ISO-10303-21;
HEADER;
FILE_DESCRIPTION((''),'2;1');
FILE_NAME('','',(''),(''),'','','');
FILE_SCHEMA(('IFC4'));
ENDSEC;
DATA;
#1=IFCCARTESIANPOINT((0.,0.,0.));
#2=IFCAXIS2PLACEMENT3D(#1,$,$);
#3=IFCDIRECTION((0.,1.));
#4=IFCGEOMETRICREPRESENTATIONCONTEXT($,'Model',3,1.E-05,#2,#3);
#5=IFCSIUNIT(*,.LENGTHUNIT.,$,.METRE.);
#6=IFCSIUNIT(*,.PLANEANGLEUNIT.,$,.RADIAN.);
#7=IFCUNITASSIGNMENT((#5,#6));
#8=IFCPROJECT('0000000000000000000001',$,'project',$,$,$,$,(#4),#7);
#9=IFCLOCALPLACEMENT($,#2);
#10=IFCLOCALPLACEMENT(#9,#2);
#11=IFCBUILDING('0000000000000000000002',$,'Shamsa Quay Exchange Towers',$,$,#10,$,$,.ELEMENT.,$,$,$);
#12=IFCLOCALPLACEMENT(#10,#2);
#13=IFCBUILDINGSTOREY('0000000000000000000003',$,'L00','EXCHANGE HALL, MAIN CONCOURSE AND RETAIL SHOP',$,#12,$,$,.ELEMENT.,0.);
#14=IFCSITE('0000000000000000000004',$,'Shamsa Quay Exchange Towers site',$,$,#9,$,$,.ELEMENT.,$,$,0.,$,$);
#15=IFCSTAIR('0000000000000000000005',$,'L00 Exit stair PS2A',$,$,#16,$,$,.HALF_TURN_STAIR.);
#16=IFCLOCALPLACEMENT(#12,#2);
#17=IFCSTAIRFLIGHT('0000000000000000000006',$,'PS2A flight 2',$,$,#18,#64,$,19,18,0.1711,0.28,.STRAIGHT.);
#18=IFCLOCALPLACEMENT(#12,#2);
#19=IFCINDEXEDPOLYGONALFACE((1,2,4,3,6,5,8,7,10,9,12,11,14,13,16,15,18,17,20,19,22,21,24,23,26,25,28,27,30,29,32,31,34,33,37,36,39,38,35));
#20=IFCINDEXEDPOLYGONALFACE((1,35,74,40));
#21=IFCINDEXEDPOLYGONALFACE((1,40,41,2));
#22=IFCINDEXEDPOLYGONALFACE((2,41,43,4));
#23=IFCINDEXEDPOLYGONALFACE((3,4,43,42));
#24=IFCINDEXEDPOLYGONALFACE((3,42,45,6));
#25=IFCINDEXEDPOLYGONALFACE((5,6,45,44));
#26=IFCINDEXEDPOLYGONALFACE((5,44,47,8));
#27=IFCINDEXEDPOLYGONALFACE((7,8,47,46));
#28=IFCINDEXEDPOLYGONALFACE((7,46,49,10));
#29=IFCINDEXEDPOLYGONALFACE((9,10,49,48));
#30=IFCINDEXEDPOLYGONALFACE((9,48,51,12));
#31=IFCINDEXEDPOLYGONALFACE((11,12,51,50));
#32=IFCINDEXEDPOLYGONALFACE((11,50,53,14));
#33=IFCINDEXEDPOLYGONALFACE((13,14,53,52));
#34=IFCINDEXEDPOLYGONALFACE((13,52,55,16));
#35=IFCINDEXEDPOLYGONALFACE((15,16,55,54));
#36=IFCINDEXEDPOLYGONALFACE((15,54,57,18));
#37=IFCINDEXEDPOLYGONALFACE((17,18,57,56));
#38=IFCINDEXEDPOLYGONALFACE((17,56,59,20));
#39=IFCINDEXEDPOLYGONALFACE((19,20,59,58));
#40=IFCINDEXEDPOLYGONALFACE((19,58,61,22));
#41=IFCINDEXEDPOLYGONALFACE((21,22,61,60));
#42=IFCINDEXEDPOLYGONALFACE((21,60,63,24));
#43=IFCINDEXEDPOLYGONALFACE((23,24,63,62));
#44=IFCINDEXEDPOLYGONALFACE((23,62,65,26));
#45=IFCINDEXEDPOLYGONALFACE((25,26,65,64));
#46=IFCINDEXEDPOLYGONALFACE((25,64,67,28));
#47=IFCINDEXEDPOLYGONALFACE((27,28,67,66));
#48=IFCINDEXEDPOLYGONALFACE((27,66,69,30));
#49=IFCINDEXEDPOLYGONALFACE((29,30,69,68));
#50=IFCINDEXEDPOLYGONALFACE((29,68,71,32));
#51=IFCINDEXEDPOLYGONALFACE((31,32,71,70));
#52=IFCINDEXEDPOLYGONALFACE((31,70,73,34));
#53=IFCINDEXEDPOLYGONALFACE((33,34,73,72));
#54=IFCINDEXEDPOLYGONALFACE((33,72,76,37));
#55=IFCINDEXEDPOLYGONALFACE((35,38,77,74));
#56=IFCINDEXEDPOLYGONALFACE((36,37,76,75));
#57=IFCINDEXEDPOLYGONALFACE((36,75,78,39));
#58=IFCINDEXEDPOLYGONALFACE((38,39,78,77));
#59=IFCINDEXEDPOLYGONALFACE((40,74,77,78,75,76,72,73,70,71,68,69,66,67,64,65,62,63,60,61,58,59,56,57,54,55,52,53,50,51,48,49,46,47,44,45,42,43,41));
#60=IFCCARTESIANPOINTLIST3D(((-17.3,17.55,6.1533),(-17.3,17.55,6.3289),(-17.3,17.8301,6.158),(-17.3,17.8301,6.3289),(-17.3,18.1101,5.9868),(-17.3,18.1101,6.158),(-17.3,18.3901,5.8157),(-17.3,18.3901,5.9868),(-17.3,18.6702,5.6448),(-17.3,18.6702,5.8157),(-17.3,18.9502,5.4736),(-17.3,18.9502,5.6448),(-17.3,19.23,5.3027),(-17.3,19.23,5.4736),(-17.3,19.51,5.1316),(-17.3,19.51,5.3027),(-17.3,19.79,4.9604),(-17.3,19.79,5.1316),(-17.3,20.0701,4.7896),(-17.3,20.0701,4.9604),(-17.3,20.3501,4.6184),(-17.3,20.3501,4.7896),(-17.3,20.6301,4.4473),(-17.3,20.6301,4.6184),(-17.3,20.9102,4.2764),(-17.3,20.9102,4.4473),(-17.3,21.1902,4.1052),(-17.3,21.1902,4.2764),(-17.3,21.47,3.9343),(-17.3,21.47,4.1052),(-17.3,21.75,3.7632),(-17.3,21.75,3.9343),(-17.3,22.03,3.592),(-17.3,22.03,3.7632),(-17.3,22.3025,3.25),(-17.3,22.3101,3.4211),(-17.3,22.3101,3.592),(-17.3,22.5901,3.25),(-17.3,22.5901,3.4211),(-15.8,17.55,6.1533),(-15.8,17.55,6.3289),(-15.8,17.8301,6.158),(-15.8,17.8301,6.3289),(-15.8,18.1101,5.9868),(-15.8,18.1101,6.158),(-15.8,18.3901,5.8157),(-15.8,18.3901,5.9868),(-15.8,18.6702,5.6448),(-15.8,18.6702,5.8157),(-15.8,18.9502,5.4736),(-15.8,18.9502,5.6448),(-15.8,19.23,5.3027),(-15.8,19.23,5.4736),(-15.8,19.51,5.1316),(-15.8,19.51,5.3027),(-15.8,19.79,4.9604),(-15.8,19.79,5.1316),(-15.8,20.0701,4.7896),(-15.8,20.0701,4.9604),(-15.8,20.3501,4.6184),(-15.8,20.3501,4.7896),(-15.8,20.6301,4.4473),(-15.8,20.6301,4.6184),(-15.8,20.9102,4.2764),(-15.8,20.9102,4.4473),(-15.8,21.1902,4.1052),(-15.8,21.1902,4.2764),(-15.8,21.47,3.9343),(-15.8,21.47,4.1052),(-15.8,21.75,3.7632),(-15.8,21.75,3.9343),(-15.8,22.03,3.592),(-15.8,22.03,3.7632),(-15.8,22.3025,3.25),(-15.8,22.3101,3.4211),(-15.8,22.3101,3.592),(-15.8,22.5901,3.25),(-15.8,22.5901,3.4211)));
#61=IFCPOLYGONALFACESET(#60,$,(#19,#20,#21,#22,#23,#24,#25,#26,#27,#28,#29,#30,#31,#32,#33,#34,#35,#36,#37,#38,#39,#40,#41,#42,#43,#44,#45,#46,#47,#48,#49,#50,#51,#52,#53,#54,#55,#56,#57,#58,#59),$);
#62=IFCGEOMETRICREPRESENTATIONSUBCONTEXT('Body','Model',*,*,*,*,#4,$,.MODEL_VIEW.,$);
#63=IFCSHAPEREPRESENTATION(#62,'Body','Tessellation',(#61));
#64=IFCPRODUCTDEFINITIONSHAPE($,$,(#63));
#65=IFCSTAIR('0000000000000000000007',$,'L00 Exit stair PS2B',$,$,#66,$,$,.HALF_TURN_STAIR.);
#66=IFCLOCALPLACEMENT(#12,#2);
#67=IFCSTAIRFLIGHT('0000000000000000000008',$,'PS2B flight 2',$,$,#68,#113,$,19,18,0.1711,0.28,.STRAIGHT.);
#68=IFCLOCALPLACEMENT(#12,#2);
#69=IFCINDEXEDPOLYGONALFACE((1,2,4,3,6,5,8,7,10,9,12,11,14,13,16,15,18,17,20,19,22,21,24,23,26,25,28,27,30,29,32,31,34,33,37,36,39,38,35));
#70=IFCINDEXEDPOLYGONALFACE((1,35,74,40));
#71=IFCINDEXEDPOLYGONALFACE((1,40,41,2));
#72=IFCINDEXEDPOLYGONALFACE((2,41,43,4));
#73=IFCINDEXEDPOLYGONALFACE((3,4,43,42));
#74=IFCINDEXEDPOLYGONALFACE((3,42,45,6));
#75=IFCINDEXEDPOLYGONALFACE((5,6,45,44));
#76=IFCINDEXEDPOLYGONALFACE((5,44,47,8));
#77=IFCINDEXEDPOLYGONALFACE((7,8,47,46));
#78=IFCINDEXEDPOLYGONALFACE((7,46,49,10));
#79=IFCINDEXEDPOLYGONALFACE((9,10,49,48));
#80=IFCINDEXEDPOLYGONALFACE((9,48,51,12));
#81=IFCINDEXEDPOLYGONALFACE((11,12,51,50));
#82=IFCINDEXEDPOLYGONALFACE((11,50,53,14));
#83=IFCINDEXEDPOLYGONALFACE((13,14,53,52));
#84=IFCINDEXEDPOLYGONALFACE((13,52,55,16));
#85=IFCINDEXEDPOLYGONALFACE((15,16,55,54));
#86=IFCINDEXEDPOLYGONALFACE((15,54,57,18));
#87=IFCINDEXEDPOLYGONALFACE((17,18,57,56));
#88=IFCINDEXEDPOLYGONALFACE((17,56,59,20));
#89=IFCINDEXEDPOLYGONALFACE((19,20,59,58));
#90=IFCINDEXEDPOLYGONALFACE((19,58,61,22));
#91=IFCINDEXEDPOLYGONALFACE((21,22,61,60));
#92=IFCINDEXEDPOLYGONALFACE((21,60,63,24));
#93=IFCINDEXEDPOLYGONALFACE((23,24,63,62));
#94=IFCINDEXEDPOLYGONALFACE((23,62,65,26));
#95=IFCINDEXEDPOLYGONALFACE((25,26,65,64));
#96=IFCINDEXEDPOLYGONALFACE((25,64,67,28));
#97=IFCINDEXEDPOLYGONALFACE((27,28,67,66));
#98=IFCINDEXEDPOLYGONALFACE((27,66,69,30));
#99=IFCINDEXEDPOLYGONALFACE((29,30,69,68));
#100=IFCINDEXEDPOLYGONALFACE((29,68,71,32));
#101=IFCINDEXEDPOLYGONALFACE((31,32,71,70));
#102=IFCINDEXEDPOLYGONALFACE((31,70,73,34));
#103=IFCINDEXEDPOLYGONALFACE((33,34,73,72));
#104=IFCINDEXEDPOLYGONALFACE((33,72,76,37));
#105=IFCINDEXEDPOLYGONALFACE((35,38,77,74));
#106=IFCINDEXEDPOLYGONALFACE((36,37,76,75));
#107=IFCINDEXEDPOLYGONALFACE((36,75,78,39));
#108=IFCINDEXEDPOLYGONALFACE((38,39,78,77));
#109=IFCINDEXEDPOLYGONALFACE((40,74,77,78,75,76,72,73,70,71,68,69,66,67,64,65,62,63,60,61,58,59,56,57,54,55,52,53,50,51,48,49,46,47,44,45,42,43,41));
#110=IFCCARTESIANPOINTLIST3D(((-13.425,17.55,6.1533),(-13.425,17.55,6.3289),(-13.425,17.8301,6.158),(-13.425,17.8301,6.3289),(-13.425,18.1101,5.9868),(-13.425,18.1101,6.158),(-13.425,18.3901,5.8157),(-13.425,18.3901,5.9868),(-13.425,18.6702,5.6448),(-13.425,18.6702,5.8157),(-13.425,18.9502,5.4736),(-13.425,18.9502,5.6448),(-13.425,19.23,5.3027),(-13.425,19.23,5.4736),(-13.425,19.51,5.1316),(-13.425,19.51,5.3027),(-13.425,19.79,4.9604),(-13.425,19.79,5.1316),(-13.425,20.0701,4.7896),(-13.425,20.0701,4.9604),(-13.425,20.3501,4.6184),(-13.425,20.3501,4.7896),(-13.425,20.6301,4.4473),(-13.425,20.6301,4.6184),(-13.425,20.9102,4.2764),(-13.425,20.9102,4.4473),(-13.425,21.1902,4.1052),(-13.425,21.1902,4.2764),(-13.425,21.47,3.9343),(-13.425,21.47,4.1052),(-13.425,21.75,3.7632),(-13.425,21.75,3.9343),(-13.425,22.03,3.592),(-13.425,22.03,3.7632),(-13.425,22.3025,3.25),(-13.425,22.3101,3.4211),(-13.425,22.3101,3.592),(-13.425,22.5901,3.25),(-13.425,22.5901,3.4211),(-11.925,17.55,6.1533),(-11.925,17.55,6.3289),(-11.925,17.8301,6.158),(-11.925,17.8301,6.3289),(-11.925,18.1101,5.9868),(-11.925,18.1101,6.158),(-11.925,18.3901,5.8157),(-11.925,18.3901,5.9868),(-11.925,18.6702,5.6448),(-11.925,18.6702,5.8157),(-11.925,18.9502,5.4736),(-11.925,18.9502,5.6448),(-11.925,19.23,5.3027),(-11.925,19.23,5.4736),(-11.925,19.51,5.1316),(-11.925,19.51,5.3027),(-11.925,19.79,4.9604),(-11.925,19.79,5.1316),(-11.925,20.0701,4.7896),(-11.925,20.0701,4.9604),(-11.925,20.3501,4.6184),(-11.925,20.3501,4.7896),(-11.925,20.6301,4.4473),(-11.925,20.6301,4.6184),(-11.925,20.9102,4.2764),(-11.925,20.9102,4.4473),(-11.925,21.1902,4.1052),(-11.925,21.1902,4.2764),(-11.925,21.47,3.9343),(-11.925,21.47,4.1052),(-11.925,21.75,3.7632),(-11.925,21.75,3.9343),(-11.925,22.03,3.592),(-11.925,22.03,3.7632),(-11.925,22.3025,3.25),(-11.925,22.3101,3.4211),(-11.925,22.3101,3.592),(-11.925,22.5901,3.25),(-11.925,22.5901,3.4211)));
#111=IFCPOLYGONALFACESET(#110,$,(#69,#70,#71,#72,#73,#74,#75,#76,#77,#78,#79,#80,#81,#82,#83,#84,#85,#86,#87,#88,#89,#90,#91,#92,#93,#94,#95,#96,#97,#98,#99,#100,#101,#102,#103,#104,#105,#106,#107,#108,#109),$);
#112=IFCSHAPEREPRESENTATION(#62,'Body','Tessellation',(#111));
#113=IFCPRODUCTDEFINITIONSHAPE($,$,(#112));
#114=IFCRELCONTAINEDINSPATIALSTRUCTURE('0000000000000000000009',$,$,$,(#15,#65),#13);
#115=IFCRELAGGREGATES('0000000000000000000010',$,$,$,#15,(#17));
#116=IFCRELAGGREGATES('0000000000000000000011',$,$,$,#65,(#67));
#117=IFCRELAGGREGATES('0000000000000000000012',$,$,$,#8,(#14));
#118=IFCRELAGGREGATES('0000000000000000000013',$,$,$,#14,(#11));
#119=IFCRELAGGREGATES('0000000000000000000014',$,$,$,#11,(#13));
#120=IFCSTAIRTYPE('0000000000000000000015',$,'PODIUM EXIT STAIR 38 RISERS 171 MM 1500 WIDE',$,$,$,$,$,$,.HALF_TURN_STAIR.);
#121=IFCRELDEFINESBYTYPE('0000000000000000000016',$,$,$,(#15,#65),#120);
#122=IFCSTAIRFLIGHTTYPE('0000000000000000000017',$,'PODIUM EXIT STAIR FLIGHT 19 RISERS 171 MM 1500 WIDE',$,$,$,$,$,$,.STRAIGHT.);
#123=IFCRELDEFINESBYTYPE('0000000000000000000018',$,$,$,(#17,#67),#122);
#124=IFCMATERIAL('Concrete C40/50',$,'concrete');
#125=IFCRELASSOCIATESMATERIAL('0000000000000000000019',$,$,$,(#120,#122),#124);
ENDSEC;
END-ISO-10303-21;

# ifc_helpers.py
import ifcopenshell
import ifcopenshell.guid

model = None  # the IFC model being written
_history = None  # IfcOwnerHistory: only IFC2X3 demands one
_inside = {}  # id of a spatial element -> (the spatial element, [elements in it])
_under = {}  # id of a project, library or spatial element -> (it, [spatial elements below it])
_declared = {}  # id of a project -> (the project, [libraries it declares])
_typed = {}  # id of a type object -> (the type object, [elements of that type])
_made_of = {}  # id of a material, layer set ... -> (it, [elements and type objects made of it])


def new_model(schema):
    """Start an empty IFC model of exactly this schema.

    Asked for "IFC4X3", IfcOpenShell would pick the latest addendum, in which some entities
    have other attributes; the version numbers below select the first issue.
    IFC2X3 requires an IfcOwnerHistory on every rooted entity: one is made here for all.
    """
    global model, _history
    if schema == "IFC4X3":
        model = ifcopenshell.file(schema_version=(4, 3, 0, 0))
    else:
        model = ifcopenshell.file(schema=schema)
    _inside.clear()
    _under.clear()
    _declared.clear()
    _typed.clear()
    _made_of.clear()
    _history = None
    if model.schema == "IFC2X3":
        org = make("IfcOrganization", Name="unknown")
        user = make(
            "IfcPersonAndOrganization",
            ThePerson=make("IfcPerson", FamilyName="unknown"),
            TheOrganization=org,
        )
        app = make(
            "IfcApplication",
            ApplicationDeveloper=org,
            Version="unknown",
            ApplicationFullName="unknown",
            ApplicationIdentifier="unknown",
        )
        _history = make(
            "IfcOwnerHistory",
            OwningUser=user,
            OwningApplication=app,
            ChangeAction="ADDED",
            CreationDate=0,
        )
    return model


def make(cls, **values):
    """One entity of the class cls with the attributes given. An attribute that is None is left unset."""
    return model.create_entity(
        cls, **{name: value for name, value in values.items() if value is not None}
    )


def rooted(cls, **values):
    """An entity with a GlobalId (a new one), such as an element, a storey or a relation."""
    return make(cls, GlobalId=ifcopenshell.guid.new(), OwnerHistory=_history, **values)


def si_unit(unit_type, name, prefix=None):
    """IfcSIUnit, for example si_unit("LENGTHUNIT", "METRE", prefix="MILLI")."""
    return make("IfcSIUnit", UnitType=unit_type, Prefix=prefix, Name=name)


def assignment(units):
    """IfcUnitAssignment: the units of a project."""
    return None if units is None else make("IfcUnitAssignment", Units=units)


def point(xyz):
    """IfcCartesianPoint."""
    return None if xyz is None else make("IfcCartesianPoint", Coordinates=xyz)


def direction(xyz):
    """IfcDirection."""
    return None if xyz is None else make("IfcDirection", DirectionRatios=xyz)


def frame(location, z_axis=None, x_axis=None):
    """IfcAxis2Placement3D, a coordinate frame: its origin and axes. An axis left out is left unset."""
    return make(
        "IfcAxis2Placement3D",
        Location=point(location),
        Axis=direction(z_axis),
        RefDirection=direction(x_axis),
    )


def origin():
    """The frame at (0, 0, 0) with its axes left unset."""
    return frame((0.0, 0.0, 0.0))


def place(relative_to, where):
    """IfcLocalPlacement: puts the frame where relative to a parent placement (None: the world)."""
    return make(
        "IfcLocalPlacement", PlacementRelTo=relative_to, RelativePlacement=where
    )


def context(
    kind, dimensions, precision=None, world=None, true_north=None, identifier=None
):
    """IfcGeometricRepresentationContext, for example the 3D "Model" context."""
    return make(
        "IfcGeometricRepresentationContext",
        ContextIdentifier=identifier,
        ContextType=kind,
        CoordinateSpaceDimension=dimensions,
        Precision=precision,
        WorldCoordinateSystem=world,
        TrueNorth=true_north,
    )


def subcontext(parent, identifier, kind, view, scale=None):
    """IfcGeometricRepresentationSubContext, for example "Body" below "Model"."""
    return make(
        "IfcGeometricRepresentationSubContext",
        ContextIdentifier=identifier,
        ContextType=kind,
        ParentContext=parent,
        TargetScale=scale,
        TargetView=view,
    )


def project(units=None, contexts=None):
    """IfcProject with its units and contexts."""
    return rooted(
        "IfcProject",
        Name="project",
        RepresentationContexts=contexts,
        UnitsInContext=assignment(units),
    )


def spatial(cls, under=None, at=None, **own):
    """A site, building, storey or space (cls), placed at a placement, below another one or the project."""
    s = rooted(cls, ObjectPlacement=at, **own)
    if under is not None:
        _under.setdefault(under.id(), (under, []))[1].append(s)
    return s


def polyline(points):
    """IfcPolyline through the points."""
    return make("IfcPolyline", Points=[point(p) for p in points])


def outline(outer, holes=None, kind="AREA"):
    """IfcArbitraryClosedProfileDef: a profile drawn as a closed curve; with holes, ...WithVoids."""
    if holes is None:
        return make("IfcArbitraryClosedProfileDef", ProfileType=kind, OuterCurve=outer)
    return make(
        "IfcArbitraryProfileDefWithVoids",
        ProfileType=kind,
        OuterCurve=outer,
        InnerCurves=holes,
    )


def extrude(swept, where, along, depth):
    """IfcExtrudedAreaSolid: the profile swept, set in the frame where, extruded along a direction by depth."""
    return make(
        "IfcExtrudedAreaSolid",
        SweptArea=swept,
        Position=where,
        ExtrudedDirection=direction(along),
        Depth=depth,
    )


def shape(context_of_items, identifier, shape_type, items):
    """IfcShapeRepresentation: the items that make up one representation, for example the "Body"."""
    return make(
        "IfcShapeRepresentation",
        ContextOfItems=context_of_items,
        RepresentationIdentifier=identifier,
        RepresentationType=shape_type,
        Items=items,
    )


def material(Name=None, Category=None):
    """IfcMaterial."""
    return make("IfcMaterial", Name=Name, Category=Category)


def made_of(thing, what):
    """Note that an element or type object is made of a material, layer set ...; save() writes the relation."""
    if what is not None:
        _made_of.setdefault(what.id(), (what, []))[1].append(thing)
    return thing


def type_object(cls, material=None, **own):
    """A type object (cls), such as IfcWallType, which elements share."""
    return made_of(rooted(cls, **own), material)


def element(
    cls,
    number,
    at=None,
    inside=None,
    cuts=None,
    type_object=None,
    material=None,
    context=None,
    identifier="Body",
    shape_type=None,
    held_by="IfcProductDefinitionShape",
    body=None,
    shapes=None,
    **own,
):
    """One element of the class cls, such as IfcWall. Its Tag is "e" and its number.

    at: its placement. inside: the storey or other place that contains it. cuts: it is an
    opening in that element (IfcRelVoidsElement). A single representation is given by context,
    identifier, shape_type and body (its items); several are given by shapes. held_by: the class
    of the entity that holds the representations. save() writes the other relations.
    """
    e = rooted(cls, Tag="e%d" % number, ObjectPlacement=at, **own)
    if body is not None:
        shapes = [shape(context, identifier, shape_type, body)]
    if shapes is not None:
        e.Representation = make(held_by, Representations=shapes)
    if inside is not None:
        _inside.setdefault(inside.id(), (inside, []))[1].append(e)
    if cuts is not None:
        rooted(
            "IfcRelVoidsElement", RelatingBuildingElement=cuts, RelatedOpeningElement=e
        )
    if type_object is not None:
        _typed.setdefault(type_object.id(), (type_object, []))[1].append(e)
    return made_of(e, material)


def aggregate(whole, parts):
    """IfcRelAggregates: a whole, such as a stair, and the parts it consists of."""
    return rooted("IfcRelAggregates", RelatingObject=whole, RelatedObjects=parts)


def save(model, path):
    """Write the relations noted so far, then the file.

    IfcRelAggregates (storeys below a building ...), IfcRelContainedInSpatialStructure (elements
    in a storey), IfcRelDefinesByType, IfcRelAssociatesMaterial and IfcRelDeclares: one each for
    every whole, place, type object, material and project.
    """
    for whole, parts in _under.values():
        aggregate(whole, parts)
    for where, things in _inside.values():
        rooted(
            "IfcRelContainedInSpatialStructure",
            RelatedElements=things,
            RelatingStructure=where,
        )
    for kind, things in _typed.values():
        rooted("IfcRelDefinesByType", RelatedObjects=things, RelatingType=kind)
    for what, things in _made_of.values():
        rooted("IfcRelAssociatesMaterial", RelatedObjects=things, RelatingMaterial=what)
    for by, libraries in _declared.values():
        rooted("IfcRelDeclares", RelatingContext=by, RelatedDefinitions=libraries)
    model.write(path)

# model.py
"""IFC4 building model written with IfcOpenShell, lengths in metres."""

from ifc_helpers import new_model, si_unit, direction, frame, origin, place, context, subcontext, project, spatial, polyline, outline, extrude, material, type_object, element, aggregate, save


model = new_model("IFC4")

# Units and contexts
model_context = context("Model", 3, precision=1e-05, world=origin(), true_north=direction((0.0, 1.0)))
body_context = subcontext(model_context, "Body", "Model", "MODEL_VIEW")
ifc_project = project(units=[si_unit("LENGTHUNIT", "METRE"), si_unit("PLANEANGLEUNIT", "RADIAN")], contexts=[model_context])

# Site, building, storey
site_placement = place(None, origin())
site = spatial("IfcSite", under=ifc_project, at=site_placement, Name="Shamsa Quay Exchange Towers site", CompositionType="ELEMENT", RefElevation=0.0)
building_placement = place(site_placement, origin())
building = spatial("IfcBuilding", under=site, at=building_placement, Name="Shamsa Quay Exchange Towers", CompositionType="ELEMENT")
storey_placement = place(building_placement, origin())
storey = spatial("IfcBuildingStorey", under=building, at=storey_placement, Name="L00", Description="EXCHANGE HALL, MAIN CONCOURSE AND RETAIL SHOP", CompositionType="ELEMENT", Elevation=0.0)

# Shared definitions
ifc_material_1 = material(Name="Concrete C40/50", Category="concrete")

# Stairs, stair flights
stair_type = type_object("IfcStairType", Name="PODIUM EXIT STAIR 38 RISERS 171 MM 1500 WIDE", PredefinedType="HALF_TURN_STAIR", material=ifc_material_1)
stair_1_placement = place(storey_placement, origin())
stair_1 = element("IfcStair", 1, at=stair_1_placement, inside=storey, type_object=stair_type, Name="L00 Exit stair PS2A", PredefinedType="HALF_TURN_STAIR")
stair_flight_type = type_object("IfcStairFlightType", Name="PODIUM EXIT STAIR FLIGHT 19 RISERS 171 MM 1500 WIDE", PredefinedType="STRAIGHT", material=ifc_material_1)
stair_flight_1_placement = place(storey_placement, frame((-16.55, 22.5901, 3.25), z_axis=(0.0, 0.0, 1.0), x_axis=(0.0, -1.0, 0.0)))
stair_flight_1 = element("IfcStairFlight", 2, at=stair_flight_1_placement, type_object=stair_flight_type, Name="PS2A flight 2", NumberOfRisers=19, NumberOfTreads=18, PredefinedType="STRAIGHT", RiserHeight=0.1711, TreadLength=0.28, context=body_context, shape_type="SweptSolid", body=[
    extrude(outline(polyline([(0.0, 0.0), (0.0, 0.1711), (0.28, 0.1711), (0.28, 0.342), (0.5601, 0.342), (0.5601, 0.5132), (0.8401, 0.5132), (0.8401, 0.6843), (1.1201, 0.6843), (1.1201, 0.8552), (1.3999, 0.8552), (1.3999, 1.0264), (1.6799, 1.0264), (1.6799, 1.1973), (1.96, 1.1973), (1.96, 1.3684), (2.24, 1.3684), (2.24, 1.5396), (2.52, 1.5396), (2.52, 1.7104), (2.8, 1.7104), (2.8, 1.8816), (3.0801, 1.8816), (3.0801, 2.0527), (3.3601, 2.0527), (3.3601, 2.2236), (3.6399, 2.2236), (3.6399, 2.3948), (3.9199, 2.3948), (3.9199, 2.5657), (4.2, 2.5657), (4.2, 2.7368), (4.48, 2.7368), (4.48, 2.908), (4.76, 2.908), (4.76, 3.0789), (5.04, 3.0789), (5.04, 3.25), (5.04, 2.9033), (0.2876, 0.0), (0.0, 0.0)])), frame((0.0, 0.75, 0.0), z_axis=(0.0, -1.0, 0.0), x_axis=(1.0, 0.0, 0.0)), (0.0, 0.0, 1.0), 1.5),
])
aggregate(stair_1, [stair_flight_1])
stair_2_placement = place(storey_placement, origin())
stair_2 = element("IfcStair", 3, at=stair_2_placement, inside=storey, type_object=stair_type, Name="L00 Exit stair PS2B", PredefinedType="HALF_TURN_STAIR")
stair_flight_2_placement = place(storey_placement, frame((-12.675, 22.5901, 3.25), z_axis=(0.0, 0.0, 1.0), x_axis=(0.0, -1.0, 0.0)))
stair_flight_2 = element("IfcStairFlight", 4, at=stair_flight_2_placement, type_object=stair_flight_type, Name="PS2B flight 2", NumberOfRisers=19, NumberOfTreads=18, PredefinedType="STRAIGHT", RiserHeight=0.1711, TreadLength=0.28, context=body_context, shape_type="SweptSolid", body=[
    extrude(outline(polyline([(0.0, 0.0), (0.0, 0.1711), (0.28, 0.1711), (0.28, 0.342), (0.5601, 0.342), (0.5601, 0.5132), (0.8401, 0.5132), (0.8401, 0.6843), (1.1201, 0.6843), (1.1201, 0.8552), (1.3999, 0.8552), (1.3999, 1.0264), (1.6799, 1.0264), (1.6799, 1.1973), (1.96, 1.1973), (1.96, 1.3684), (2.24, 1.3684), (2.24, 1.5396), (2.52, 1.5396), (2.52, 1.7104), (2.8, 1.7104), (2.8, 1.8816), (3.0801, 1.8816), (3.0801, 2.0527), (3.3601, 2.0527), (3.3601, 2.2236), (3.6399, 2.2236), (3.6399, 2.3948), (3.9199, 2.3948), (3.9199, 2.5657), (4.2, 2.5657), (4.2, 2.7368), (4.48, 2.7368), (4.48, 2.908), (4.76, 2.908), (4.76, 3.0789), (5.04, 3.0789), (5.04, 3.25), (5.04, 2.9033), (0.2876, 0.0), (0.0, 0.0)])), frame((0.0, 0.75, 0.0), z_axis=(0.0, -1.0, 0.0), x_axis=(1.0, 0.0, 0.0)), (0.0, 0.0, 1.0), 1.5),
])
aggregate(stair_2, [stair_flight_2])

save(model, "model.ifc")
